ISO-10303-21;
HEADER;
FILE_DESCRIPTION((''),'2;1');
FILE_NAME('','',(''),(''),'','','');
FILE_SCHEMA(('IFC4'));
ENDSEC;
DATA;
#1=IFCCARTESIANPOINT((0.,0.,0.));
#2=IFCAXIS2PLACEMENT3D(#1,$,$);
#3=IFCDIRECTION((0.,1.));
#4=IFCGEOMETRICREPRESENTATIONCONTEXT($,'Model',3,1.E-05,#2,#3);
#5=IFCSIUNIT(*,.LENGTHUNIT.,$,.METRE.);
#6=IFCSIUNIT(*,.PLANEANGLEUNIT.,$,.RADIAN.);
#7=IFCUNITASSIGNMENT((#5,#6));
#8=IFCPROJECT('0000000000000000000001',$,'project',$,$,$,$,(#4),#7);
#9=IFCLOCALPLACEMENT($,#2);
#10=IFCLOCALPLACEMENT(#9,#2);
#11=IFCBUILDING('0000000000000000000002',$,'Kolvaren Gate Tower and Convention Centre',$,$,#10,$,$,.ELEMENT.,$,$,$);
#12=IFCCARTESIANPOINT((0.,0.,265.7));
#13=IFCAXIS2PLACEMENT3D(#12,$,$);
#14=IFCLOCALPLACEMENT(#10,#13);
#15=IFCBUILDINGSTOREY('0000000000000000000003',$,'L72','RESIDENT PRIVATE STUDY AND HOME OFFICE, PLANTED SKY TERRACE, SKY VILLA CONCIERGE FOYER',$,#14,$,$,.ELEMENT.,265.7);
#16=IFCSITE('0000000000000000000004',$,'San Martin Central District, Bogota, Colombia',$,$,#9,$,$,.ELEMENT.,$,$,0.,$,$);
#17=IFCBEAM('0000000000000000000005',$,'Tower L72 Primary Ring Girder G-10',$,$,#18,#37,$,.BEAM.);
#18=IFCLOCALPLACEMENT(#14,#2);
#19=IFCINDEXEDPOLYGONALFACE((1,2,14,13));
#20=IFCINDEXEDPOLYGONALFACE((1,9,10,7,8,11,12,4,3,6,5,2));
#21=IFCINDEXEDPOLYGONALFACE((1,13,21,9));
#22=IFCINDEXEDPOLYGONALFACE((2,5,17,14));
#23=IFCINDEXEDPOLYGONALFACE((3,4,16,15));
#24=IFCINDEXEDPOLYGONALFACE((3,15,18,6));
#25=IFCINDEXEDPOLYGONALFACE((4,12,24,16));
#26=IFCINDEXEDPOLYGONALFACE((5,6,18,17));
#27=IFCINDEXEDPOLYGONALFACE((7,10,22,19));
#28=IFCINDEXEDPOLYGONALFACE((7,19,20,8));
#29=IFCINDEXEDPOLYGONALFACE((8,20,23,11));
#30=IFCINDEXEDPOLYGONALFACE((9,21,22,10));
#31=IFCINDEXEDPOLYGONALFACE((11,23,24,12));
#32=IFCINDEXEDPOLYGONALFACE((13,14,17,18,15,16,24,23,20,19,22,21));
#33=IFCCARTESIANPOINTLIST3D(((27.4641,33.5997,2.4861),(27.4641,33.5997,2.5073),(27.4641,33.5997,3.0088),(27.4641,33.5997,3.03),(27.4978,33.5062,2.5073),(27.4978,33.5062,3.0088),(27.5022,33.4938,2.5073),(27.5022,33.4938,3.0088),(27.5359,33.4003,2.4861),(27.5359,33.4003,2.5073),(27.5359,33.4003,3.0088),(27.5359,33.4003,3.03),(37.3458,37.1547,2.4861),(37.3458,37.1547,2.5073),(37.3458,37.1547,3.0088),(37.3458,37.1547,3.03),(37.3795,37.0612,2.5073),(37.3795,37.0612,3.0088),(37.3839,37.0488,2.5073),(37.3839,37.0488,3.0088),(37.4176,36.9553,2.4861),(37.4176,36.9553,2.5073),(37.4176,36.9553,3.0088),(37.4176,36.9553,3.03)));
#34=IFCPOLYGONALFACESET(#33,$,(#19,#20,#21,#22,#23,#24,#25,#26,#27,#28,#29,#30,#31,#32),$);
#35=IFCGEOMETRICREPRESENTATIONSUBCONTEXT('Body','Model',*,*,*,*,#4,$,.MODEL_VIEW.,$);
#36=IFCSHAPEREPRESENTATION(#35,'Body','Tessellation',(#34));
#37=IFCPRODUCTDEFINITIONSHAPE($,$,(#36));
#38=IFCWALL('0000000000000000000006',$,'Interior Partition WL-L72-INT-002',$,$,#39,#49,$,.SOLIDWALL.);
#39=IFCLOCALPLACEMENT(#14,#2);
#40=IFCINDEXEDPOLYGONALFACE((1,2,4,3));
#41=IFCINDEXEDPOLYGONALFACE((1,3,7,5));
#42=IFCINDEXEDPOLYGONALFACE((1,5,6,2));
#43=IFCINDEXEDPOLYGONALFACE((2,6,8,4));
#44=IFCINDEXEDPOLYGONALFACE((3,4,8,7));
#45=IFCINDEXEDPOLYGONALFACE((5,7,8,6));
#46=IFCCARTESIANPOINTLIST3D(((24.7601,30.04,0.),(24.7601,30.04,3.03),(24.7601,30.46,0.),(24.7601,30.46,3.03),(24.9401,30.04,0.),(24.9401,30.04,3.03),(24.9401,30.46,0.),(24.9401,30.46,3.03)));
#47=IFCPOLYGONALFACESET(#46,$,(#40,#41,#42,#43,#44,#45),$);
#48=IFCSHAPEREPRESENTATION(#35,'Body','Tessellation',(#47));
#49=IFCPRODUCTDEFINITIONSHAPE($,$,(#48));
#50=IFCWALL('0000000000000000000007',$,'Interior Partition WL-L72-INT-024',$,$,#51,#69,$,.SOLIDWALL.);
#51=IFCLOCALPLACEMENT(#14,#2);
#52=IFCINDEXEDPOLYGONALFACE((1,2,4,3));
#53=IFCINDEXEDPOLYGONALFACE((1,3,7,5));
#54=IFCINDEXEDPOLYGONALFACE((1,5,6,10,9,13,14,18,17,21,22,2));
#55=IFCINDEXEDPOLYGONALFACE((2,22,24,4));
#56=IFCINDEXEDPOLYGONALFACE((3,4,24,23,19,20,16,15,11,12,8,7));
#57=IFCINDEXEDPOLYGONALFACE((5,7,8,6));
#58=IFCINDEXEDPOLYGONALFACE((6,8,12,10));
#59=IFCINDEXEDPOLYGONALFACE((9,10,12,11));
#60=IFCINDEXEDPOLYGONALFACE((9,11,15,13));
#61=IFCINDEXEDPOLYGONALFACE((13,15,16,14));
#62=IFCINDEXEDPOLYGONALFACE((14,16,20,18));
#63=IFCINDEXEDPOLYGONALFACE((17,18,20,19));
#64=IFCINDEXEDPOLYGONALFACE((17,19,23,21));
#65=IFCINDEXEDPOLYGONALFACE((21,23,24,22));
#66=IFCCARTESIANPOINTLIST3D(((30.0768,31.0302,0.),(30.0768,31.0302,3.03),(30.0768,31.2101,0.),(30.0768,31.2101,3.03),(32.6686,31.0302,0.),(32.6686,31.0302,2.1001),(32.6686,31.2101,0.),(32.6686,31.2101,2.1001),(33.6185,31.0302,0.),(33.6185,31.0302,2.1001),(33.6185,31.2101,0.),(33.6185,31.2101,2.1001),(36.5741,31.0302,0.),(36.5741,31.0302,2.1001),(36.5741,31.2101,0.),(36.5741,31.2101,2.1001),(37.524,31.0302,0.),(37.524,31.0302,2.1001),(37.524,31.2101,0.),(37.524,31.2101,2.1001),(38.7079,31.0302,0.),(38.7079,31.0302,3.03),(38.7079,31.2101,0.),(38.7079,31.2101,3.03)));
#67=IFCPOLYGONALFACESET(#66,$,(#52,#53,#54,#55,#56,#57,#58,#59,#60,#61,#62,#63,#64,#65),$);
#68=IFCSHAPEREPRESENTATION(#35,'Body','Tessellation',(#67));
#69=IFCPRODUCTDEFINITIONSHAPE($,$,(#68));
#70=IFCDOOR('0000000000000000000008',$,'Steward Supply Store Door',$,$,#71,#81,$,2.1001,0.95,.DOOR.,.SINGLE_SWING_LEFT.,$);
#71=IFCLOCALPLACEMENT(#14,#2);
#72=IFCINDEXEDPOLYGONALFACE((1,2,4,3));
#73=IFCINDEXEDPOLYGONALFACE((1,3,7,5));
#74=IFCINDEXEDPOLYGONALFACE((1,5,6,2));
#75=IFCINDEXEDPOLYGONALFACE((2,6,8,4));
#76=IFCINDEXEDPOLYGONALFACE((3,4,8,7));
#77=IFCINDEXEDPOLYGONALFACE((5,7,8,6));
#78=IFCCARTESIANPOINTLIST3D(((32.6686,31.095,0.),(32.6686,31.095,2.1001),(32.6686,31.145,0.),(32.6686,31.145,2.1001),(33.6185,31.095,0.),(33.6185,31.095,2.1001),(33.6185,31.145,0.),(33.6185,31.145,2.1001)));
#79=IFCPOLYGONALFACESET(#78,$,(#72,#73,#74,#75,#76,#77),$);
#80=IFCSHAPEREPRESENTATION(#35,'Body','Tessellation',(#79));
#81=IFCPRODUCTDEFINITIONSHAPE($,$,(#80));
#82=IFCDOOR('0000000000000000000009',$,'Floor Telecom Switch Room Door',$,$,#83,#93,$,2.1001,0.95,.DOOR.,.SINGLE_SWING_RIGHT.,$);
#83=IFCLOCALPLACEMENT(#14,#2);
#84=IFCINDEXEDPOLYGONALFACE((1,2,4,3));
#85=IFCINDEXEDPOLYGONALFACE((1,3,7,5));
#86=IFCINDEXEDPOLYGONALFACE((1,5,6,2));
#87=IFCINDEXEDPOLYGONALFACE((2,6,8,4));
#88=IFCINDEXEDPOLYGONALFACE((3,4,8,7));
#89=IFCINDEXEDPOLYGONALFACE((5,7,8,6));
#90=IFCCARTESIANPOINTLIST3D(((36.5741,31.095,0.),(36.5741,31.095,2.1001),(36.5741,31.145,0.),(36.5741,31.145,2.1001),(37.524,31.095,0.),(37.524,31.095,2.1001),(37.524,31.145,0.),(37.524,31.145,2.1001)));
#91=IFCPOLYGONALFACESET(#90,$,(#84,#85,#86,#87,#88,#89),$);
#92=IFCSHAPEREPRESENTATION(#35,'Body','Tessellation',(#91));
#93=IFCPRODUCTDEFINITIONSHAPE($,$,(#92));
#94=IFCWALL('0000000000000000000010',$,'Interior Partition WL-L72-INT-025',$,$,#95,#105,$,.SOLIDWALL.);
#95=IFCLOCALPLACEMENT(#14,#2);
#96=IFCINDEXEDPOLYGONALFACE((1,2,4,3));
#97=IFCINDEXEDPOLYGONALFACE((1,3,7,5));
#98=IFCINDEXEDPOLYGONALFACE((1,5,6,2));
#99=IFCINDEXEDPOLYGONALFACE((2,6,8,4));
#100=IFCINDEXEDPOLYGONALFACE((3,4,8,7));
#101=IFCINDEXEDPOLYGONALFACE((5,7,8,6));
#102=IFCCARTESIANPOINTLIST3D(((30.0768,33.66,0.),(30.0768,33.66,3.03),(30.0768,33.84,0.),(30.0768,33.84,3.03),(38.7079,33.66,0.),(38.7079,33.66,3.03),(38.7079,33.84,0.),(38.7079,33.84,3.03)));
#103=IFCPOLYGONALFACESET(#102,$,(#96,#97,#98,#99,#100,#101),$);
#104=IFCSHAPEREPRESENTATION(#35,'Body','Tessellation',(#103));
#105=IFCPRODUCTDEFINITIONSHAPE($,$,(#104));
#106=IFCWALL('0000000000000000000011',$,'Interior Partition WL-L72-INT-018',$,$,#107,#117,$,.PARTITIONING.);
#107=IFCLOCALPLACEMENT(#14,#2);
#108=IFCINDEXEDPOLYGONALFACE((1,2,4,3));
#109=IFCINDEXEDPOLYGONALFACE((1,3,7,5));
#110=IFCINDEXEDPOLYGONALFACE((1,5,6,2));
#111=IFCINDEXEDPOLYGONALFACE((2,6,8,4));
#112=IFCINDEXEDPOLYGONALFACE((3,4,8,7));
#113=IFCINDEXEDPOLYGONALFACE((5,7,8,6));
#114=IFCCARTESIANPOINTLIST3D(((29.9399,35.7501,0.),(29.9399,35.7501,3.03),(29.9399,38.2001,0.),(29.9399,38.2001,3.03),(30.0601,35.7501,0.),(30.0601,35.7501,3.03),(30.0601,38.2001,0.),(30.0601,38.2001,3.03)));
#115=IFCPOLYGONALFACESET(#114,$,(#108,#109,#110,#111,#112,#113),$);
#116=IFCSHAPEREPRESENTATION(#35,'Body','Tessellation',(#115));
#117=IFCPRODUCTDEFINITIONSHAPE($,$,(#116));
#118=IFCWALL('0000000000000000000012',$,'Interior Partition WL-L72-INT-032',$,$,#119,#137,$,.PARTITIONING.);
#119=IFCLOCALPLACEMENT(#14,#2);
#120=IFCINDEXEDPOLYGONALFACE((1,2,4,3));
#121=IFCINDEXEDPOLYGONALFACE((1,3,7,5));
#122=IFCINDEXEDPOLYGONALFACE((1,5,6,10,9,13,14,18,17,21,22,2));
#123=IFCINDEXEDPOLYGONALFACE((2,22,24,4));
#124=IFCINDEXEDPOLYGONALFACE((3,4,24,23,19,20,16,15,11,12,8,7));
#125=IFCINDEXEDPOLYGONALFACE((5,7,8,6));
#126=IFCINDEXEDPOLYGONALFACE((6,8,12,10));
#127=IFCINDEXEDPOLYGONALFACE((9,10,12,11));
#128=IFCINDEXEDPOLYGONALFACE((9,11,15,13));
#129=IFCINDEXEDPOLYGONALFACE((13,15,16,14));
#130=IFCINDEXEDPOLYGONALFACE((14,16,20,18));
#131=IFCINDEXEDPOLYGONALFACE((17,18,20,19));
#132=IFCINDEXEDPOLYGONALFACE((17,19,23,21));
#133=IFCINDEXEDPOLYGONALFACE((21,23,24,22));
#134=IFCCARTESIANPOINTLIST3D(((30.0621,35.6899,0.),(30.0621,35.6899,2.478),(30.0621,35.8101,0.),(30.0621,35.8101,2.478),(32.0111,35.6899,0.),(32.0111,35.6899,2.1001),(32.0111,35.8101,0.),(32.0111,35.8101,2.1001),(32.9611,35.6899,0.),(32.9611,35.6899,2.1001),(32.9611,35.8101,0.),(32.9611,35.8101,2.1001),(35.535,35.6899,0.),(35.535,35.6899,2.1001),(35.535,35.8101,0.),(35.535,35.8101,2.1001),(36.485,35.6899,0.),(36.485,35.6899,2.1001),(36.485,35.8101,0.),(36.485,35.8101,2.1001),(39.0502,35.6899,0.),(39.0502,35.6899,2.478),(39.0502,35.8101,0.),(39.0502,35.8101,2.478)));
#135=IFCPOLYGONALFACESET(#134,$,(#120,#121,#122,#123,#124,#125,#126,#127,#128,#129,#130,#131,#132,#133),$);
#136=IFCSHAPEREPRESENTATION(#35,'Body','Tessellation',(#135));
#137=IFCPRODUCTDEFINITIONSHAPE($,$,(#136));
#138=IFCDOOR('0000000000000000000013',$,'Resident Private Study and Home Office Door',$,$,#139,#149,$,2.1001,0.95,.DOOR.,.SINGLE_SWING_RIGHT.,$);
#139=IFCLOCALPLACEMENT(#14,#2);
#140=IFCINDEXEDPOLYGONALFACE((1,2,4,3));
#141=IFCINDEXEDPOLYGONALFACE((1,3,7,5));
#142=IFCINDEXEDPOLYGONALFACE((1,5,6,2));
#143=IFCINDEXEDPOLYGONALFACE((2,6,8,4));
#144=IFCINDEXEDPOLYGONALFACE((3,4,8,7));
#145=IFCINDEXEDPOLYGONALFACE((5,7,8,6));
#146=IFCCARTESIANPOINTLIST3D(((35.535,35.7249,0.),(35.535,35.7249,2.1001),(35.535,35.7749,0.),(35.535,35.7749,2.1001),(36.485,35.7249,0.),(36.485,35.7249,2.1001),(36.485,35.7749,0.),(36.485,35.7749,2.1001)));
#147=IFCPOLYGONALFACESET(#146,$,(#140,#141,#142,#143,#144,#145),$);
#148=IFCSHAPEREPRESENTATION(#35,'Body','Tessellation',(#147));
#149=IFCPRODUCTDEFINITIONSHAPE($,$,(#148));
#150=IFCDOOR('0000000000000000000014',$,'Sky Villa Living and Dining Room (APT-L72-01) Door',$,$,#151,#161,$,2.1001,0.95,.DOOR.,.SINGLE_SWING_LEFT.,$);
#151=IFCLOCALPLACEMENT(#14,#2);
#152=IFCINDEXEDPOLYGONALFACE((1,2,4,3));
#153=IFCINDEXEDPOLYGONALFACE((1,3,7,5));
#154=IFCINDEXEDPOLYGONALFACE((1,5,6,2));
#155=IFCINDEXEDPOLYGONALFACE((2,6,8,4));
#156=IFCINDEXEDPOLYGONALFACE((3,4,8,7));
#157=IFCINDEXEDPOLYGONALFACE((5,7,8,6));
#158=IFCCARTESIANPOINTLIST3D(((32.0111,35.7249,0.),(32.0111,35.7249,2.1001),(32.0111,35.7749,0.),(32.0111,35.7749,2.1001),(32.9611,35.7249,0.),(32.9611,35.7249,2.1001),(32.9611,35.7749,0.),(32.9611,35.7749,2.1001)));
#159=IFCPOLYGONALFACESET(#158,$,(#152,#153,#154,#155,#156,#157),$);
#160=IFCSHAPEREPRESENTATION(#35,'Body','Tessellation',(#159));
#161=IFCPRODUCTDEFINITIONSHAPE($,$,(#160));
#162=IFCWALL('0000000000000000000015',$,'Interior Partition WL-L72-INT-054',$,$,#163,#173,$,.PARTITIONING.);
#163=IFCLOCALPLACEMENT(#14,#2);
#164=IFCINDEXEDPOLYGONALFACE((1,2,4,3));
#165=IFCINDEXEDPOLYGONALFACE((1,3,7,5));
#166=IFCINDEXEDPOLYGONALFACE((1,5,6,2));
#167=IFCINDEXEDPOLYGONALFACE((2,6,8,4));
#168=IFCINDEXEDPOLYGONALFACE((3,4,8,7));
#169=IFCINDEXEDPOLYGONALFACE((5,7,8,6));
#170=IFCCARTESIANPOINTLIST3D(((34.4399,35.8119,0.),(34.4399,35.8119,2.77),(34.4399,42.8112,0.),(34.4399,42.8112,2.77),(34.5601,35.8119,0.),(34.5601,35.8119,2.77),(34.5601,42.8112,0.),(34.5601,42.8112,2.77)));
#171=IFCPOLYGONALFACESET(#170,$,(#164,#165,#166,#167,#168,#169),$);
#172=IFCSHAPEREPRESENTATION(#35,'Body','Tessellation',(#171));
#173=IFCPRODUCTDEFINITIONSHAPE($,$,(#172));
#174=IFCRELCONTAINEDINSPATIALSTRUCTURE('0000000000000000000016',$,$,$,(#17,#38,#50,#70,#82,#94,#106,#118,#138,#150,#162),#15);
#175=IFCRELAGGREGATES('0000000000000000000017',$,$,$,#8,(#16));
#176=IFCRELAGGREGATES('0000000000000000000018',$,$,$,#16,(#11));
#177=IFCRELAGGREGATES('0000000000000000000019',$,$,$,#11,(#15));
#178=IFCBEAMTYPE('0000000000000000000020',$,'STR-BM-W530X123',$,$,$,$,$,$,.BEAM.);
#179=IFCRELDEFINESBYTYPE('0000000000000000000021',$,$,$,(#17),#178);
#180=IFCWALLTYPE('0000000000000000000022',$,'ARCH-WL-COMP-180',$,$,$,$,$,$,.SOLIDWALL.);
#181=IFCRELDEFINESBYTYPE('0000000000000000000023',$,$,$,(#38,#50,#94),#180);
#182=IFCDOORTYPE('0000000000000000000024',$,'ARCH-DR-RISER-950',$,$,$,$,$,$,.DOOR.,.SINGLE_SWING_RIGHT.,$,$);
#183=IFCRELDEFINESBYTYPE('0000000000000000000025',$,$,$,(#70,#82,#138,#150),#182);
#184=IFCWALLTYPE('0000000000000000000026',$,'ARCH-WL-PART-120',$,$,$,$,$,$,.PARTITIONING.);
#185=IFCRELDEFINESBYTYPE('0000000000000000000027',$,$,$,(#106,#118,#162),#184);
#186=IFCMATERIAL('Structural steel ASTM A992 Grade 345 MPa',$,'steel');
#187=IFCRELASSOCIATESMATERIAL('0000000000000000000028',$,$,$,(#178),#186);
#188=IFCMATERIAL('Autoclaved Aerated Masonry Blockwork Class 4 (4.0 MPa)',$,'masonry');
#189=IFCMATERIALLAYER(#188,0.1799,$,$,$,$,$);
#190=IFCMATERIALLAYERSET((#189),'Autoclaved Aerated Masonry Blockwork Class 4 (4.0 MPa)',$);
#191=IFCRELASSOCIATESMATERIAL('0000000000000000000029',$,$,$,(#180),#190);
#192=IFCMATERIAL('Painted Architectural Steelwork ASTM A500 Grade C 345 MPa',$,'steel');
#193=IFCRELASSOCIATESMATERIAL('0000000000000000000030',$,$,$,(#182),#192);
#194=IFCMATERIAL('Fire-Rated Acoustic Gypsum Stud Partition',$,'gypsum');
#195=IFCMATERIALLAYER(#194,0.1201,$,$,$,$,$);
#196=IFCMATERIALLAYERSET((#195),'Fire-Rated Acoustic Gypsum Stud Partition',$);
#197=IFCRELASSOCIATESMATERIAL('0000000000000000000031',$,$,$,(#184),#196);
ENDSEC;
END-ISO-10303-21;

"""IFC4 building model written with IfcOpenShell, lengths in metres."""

from ifc_helpers import new_model, si_unit, direction, frame, frame_2d, origin, origin_2d, place, context, subcontext, project, spatial, rectangle, i_section, extrude, material, layer, layer_set, material_profile, profile_set, type_object, element, fill, save


model = new_model("IFC4")

# Units and contexts
model_context = context("Model", 3, precision=1e-05, world=origin(), true_north=direction((0.0, 1.0)))
body_context = subcontext(model_context, "Body", "Model", "MODEL_VIEW")
ifc_project = project(units=[si_unit("LENGTHUNIT", "METRE"), si_unit("PLANEANGLEUNIT", "RADIAN")], contexts=[model_context])

# Site, building, storey
site_placement = place(None, origin())
site = spatial("IfcSite", under=ifc_project, at=site_placement, Name="San Martin Central District, Bogota, Colombia", CompositionType="ELEMENT", RefElevation=0.0)
building_placement = place(site_placement, origin())
building = spatial("IfcBuilding", under=site, at=building_placement, Name="Kolvaren Gate Tower and Convention Centre", CompositionType="ELEMENT")
storey_placement = place(building_placement, frame((0.0, 0.0, 265.7)))
storey = spatial("IfcBuildingStorey", under=building, at=storey_placement, Name="L72", Description="RESIDENT PRIVATE STUDY AND HOME OFFICE, PLANTED SKY TERRACE, SKY VILLA CONCIERGE FOYER", CompositionType="ELEMENT", Elevation=265.7)

# Beam
ifc_material_1 = material(Name="Structural steel ASTM A992 Grade 345 MPa", Category="steel")
ifc_material_profile = material_profile(ifc_material_1, i_section(OverallWidth=0.2119, OverallDepth=0.5439, WebThickness=0.0132, FlangeThickness=0.0212, at=origin_2d()), Name="W530X123")
ifc_profile_set = profile_set([ifc_material_profile], Name="Structural steel ASTM A992 Grade 345 MPa")
beam_type = type_object("IfcBeamType", Name="STR-BM-W530X123", PredefinedType="BEAM", material=ifc_profile_set)
beam_placement = place(storey_placement, frame((27.5, 33.5, 2.7581), z_axis=(0.940961, 0.338514, 0.0), x_axis=(-0.338514, 0.940961, 0.0)))
element("IfcBeam", 1, at=beam_placement, inside=storey, type_object=beam_type, Name="Tower L72 Primary Ring Girder G-10", PredefinedType="BEAM", context=body_context, shape_type="SweptSolid", body=[
    extrude(i_section(OverallWidth=0.2119, OverallDepth=0.5439, WebThickness=0.0132, FlangeThickness=0.0212, at=origin_2d()), origin(), (0.0, 0.0, 1.0), 10.5017),
])

# Wall
ifc_material_2 = material(Name="Autoclaved Aerated Masonry Blockwork Class 4 (4.0 MPa)", Category="masonry")
ifc_layer_1 = layer(ifc_material_2, 0.1799)
ifc_layer_set_1 = layer_set([ifc_layer_1], Name="Autoclaved Aerated Masonry Blockwork Class 4 (4.0 MPa)")
wall_type_1 = type_object("IfcWallType", Name="ARCH-WL-COMP-180", PredefinedType="SOLIDWALL", material=ifc_layer_set_1)
wall_1_placement = place(storey_placement, frame((24.8501, 30.04, 0.0), z_axis=(0.0, 0.0, 1.0), x_axis=(0.0, 1.0, 0.0)))
element("IfcWall", 2, at=wall_1_placement, inside=storey, type_object=wall_type_1, Name="Interior Partition WL-L72-INT-002", PredefinedType="SOLIDWALL", context=body_context, shape_type="SweptSolid", body=[
    extrude(rectangle(XDim=0.4199, YDim=0.1799, at=frame_2d((0.21, 0.0))), origin(), (0.0, 0.0, 1.0), 3.03),
])

# Wall, openings, doors
wall_2_placement = place(storey_placement, frame((30.0769, 31.1201, 0.0), z_axis=(0.0, 0.0, 1.0), x_axis=(1.0, 0.0, 0.0)))
wall_2 = element("IfcWall", 3, at=wall_2_placement, inside=storey, type_object=wall_type_1, Name="Interior Partition WL-L72-INT-024", PredefinedType="SOLIDWALL", context=body_context, shape_type="SweptSolid", body=[
    extrude(rectangle(XDim=8.6311, YDim=0.1799, at=frame_2d((4.3154, 0.0))), origin(), (0.0, 0.0, 1.0), 3.03),
])
opening_1_placement = place(wall_2_placement, frame((2.5916, 0.0, 0.0)))
opening_1 = element("IfcOpeningElement", 4, at=opening_1_placement, cuts=wall_2, PredefinedType="OPENING", context=body_context, shape_type="SweptSolid", body=[
    extrude(rectangle(XDim=0.95, YDim=2.1001, at=frame_2d((0.4751, 1.05))), frame((0.0, 0.0999, 0.0), z_axis=(0.0, -1.0, 0.0), x_axis=(1.0, 0.0, 0.0)), (0.0, 0.0, 1.0), 0.2),
])
opening_2_placement = place(wall_2_placement, frame((6.4971, 0.0, 0.0)))
opening_2 = element("IfcOpeningElement", 5, at=opening_2_placement, cuts=wall_2, PredefinedType="OPENING", context=body_context, shape_type="SweptSolid", body=[
    extrude(rectangle(XDim=0.95, YDim=2.1001, at=frame_2d((0.4751, 1.05))), frame((0.0, 0.0999, 0.0), z_axis=(0.0, -1.0, 0.0), x_axis=(1.0, 0.0, 0.0)), (0.0, 0.0, 1.0), 0.2),
])
ifc_material_3 = material(Name="Painted Architectural Steelwork ASTM A500 Grade C 345 MPa", Category="steel")
door_type_1 = type_object("IfcDoorType", Name="ARCH-DR-RISER-950", OperationType="SINGLE_SWING_RIGHT", PredefinedType="DOOR", material=ifc_material_3)
door_1_placement = place(opening_1_placement, origin())
door_1 = element("IfcDoor", 6, at=door_1_placement, inside=storey, type_object=door_type_1, Name="Steward Supply Store Door", OperationType="SINGLE_SWING_LEFT", OverallHeight=2.1001, OverallWidth=0.95, PredefinedType="DOOR", context=body_context, shape_type="SweptSolid", body=[
    extrude(rectangle(XDim=0.95, YDim=2.1001, at=frame_2d((0.4751, 1.05))), frame((0.0, 0.0249, 0.0), z_axis=(0.0, -1.0, 0.0), x_axis=(1.0, 0.0, 0.0)), (0.0, 0.0, 1.0), 0.05),
])
fill(opening_1, door_1)
door_2_placement = place(opening_2_placement, origin())
door_2 = element("IfcDoor", 7, at=door_2_placement, inside=storey, type_object=door_type_1, Name="Floor Telecom Switch Room Door", OperationType="SINGLE_SWING_RIGHT", OverallHeight=2.1001, OverallWidth=0.95, PredefinedType="DOOR", context=body_context, shape_type="SweptSolid", body=[
    extrude(rectangle(XDim=0.95, YDim=2.1001, at=frame_2d((0.4751, 1.05))), frame((0.0, 0.0249, 0.0), z_axis=(0.0, -1.0, 0.0), x_axis=(1.0, 0.0, 0.0)), (0.0, 0.0, 1.0), 0.05),
])
fill(opening_2, door_2)

# Walls
wall_3_placement = place(storey_placement, frame((30.0769, 33.75, 0.0), z_axis=(0.0, 0.0, 1.0), x_axis=(1.0, 0.0, 0.0)))
element("IfcWall", 8, at=wall_3_placement, inside=storey, type_object=wall_type_1, Name="Interior Partition WL-L72-INT-025", PredefinedType="SOLIDWALL", context=body_context, shape_type="SweptSolid", body=[
    extrude(rectangle(XDim=8.6311, YDim=0.1799, at=frame_2d((4.3154, 0.0))), origin(), (0.0, 0.0, 1.0), 3.03),
])
ifc_material_4 = material(Name="Fire-Rated Acoustic Gypsum Stud Partition", Category="gypsum")
ifc_layer_2 = layer(ifc_material_4, 0.1201)
ifc_layer_set_2 = layer_set([ifc_layer_2], Name="Fire-Rated Acoustic Gypsum Stud Partition")
wall_type_2 = type_object("IfcWallType", Name="ARCH-WL-PART-120", PredefinedType="PARTITIONING", material=ifc_layer_set_2)
wall_4_placement = place(storey_placement, frame((30.0, 35.75, 0.0), z_axis=(0.0, 0.0, 1.0), x_axis=(0.0, 1.0, 0.0)))
element("IfcWall", 9, at=wall_4_placement, inside=storey, type_object=wall_type_2, Name="Interior Partition WL-L72-INT-018", PredefinedType="PARTITIONING", context=body_context, shape_type="SweptSolid", body=[
    extrude(rectangle(XDim=2.45, YDim=0.1201, at=frame_2d((1.2251, 0.0))), origin(), (0.0, 0.0, 1.0), 3.03),
])

# Wall, openings, doors
wall_5_placement = place(storey_placement, frame((30.062, 35.75, 0.0), z_axis=(0.0, 0.0, 1.0), x_axis=(1.0, 0.0, 0.0)))
wall_5 = element("IfcWall", 10, at=wall_5_placement, inside=storey, type_object=wall_type_2, Name="Interior Partition WL-L72-INT-032", PredefinedType="PARTITIONING", context=body_context, shape_type="SweptSolid", body=[
    extrude(rectangle(XDim=8.988, YDim=0.1201, at=frame_2d((4.4941, 0.0))), origin(), (0.0, 0.0, 1.0), 2.478),
])
opening_3_placement = place(wall_5_placement, frame((5.4729, 0.0, 0.0)))
opening_3 = element("IfcOpeningElement", 11, at=opening_3_placement, cuts=wall_5, PredefinedType="OPENING", context=body_context, shape_type="SweptSolid", body=[
    extrude(rectangle(XDim=0.95, YDim=2.1001, at=frame_2d((0.4751, 1.05))), frame((0.0, 0.0701, 0.0), z_axis=(0.0, -1.0, 0.0), x_axis=(1.0, 0.0, 0.0)), (0.0, 0.0, 1.0), 0.1401),
])
opening_4_placement = place(wall_5_placement, frame((1.949, 0.0, 0.0)))
opening_4 = element("IfcOpeningElement", 12, at=opening_4_placement, cuts=wall_5, PredefinedType="OPENING", context=body_context, shape_type="SweptSolid", body=[
    extrude(rectangle(XDim=0.95, YDim=2.1001, at=frame_2d((0.4751, 1.05))), frame((0.0, 0.0701, 0.0), z_axis=(0.0, -1.0, 0.0), x_axis=(1.0, 0.0, 0.0)), (0.0, 0.0, 1.0), 0.1401),
])
door_3_placement = place(opening_3_placement, origin())
door_3 = element("IfcDoor", 13, at=door_3_placement, inside=storey, type_object=door_type_1, Name="Resident Private Study and Home Office Door", OperationType="SINGLE_SWING_RIGHT", OverallHeight=2.1001, OverallWidth=0.95, PredefinedType="DOOR", context=body_context, shape_type="SweptSolid", body=[
    extrude(rectangle(XDim=0.95, YDim=2.1001, at=frame_2d((0.4751, 1.05))), frame((0.0, 0.0249, 0.0), z_axis=(0.0, -1.0, 0.0), x_axis=(1.0, 0.0, 0.0)), (0.0, 0.0, 1.0), 0.05),
])
fill(opening_3, door_3)
door_4_placement = place(opening_4_placement, origin())
door_4 = element("IfcDoor", 14, at=door_4_placement, inside=storey, type_object=door_type_1, Name="Sky Villa Living and Dining Room (APT-L72-01) Door", OperationType="SINGLE_SWING_LEFT", OverallHeight=2.1001, OverallWidth=0.95, PredefinedType="DOOR", context=body_context, shape_type="SweptSolid", body=[
    extrude(rectangle(XDim=0.95, YDim=2.1001, at=frame_2d((0.4751, 1.05))), frame((0.0, 0.0249, 0.0), z_axis=(0.0, -1.0, 0.0), x_axis=(1.0, 0.0, 0.0)), (0.0, 0.0, 1.0), 0.05),
])
fill(opening_4, door_4)

# Wall
wall_6_placement = place(storey_placement, frame((34.5, 35.812, 0.0), z_axis=(0.0, 0.0, 1.0), x_axis=(0.0, 1.0, 0.0)))
element("IfcWall", 15, at=wall_6_placement, inside=storey, type_object=wall_type_2, Name="Interior Partition WL-L72-INT-054", PredefinedType="PARTITIONING", context=body_context, shape_type="SweptSolid", body=[
    extrude(rectangle(XDim=6.9993, YDim=0.1201, at=frame_2d((3.4995, 0.0))), origin(), (0.0, 0.0, 1.0), 2.77),
])

save(model, "model.ifc")
